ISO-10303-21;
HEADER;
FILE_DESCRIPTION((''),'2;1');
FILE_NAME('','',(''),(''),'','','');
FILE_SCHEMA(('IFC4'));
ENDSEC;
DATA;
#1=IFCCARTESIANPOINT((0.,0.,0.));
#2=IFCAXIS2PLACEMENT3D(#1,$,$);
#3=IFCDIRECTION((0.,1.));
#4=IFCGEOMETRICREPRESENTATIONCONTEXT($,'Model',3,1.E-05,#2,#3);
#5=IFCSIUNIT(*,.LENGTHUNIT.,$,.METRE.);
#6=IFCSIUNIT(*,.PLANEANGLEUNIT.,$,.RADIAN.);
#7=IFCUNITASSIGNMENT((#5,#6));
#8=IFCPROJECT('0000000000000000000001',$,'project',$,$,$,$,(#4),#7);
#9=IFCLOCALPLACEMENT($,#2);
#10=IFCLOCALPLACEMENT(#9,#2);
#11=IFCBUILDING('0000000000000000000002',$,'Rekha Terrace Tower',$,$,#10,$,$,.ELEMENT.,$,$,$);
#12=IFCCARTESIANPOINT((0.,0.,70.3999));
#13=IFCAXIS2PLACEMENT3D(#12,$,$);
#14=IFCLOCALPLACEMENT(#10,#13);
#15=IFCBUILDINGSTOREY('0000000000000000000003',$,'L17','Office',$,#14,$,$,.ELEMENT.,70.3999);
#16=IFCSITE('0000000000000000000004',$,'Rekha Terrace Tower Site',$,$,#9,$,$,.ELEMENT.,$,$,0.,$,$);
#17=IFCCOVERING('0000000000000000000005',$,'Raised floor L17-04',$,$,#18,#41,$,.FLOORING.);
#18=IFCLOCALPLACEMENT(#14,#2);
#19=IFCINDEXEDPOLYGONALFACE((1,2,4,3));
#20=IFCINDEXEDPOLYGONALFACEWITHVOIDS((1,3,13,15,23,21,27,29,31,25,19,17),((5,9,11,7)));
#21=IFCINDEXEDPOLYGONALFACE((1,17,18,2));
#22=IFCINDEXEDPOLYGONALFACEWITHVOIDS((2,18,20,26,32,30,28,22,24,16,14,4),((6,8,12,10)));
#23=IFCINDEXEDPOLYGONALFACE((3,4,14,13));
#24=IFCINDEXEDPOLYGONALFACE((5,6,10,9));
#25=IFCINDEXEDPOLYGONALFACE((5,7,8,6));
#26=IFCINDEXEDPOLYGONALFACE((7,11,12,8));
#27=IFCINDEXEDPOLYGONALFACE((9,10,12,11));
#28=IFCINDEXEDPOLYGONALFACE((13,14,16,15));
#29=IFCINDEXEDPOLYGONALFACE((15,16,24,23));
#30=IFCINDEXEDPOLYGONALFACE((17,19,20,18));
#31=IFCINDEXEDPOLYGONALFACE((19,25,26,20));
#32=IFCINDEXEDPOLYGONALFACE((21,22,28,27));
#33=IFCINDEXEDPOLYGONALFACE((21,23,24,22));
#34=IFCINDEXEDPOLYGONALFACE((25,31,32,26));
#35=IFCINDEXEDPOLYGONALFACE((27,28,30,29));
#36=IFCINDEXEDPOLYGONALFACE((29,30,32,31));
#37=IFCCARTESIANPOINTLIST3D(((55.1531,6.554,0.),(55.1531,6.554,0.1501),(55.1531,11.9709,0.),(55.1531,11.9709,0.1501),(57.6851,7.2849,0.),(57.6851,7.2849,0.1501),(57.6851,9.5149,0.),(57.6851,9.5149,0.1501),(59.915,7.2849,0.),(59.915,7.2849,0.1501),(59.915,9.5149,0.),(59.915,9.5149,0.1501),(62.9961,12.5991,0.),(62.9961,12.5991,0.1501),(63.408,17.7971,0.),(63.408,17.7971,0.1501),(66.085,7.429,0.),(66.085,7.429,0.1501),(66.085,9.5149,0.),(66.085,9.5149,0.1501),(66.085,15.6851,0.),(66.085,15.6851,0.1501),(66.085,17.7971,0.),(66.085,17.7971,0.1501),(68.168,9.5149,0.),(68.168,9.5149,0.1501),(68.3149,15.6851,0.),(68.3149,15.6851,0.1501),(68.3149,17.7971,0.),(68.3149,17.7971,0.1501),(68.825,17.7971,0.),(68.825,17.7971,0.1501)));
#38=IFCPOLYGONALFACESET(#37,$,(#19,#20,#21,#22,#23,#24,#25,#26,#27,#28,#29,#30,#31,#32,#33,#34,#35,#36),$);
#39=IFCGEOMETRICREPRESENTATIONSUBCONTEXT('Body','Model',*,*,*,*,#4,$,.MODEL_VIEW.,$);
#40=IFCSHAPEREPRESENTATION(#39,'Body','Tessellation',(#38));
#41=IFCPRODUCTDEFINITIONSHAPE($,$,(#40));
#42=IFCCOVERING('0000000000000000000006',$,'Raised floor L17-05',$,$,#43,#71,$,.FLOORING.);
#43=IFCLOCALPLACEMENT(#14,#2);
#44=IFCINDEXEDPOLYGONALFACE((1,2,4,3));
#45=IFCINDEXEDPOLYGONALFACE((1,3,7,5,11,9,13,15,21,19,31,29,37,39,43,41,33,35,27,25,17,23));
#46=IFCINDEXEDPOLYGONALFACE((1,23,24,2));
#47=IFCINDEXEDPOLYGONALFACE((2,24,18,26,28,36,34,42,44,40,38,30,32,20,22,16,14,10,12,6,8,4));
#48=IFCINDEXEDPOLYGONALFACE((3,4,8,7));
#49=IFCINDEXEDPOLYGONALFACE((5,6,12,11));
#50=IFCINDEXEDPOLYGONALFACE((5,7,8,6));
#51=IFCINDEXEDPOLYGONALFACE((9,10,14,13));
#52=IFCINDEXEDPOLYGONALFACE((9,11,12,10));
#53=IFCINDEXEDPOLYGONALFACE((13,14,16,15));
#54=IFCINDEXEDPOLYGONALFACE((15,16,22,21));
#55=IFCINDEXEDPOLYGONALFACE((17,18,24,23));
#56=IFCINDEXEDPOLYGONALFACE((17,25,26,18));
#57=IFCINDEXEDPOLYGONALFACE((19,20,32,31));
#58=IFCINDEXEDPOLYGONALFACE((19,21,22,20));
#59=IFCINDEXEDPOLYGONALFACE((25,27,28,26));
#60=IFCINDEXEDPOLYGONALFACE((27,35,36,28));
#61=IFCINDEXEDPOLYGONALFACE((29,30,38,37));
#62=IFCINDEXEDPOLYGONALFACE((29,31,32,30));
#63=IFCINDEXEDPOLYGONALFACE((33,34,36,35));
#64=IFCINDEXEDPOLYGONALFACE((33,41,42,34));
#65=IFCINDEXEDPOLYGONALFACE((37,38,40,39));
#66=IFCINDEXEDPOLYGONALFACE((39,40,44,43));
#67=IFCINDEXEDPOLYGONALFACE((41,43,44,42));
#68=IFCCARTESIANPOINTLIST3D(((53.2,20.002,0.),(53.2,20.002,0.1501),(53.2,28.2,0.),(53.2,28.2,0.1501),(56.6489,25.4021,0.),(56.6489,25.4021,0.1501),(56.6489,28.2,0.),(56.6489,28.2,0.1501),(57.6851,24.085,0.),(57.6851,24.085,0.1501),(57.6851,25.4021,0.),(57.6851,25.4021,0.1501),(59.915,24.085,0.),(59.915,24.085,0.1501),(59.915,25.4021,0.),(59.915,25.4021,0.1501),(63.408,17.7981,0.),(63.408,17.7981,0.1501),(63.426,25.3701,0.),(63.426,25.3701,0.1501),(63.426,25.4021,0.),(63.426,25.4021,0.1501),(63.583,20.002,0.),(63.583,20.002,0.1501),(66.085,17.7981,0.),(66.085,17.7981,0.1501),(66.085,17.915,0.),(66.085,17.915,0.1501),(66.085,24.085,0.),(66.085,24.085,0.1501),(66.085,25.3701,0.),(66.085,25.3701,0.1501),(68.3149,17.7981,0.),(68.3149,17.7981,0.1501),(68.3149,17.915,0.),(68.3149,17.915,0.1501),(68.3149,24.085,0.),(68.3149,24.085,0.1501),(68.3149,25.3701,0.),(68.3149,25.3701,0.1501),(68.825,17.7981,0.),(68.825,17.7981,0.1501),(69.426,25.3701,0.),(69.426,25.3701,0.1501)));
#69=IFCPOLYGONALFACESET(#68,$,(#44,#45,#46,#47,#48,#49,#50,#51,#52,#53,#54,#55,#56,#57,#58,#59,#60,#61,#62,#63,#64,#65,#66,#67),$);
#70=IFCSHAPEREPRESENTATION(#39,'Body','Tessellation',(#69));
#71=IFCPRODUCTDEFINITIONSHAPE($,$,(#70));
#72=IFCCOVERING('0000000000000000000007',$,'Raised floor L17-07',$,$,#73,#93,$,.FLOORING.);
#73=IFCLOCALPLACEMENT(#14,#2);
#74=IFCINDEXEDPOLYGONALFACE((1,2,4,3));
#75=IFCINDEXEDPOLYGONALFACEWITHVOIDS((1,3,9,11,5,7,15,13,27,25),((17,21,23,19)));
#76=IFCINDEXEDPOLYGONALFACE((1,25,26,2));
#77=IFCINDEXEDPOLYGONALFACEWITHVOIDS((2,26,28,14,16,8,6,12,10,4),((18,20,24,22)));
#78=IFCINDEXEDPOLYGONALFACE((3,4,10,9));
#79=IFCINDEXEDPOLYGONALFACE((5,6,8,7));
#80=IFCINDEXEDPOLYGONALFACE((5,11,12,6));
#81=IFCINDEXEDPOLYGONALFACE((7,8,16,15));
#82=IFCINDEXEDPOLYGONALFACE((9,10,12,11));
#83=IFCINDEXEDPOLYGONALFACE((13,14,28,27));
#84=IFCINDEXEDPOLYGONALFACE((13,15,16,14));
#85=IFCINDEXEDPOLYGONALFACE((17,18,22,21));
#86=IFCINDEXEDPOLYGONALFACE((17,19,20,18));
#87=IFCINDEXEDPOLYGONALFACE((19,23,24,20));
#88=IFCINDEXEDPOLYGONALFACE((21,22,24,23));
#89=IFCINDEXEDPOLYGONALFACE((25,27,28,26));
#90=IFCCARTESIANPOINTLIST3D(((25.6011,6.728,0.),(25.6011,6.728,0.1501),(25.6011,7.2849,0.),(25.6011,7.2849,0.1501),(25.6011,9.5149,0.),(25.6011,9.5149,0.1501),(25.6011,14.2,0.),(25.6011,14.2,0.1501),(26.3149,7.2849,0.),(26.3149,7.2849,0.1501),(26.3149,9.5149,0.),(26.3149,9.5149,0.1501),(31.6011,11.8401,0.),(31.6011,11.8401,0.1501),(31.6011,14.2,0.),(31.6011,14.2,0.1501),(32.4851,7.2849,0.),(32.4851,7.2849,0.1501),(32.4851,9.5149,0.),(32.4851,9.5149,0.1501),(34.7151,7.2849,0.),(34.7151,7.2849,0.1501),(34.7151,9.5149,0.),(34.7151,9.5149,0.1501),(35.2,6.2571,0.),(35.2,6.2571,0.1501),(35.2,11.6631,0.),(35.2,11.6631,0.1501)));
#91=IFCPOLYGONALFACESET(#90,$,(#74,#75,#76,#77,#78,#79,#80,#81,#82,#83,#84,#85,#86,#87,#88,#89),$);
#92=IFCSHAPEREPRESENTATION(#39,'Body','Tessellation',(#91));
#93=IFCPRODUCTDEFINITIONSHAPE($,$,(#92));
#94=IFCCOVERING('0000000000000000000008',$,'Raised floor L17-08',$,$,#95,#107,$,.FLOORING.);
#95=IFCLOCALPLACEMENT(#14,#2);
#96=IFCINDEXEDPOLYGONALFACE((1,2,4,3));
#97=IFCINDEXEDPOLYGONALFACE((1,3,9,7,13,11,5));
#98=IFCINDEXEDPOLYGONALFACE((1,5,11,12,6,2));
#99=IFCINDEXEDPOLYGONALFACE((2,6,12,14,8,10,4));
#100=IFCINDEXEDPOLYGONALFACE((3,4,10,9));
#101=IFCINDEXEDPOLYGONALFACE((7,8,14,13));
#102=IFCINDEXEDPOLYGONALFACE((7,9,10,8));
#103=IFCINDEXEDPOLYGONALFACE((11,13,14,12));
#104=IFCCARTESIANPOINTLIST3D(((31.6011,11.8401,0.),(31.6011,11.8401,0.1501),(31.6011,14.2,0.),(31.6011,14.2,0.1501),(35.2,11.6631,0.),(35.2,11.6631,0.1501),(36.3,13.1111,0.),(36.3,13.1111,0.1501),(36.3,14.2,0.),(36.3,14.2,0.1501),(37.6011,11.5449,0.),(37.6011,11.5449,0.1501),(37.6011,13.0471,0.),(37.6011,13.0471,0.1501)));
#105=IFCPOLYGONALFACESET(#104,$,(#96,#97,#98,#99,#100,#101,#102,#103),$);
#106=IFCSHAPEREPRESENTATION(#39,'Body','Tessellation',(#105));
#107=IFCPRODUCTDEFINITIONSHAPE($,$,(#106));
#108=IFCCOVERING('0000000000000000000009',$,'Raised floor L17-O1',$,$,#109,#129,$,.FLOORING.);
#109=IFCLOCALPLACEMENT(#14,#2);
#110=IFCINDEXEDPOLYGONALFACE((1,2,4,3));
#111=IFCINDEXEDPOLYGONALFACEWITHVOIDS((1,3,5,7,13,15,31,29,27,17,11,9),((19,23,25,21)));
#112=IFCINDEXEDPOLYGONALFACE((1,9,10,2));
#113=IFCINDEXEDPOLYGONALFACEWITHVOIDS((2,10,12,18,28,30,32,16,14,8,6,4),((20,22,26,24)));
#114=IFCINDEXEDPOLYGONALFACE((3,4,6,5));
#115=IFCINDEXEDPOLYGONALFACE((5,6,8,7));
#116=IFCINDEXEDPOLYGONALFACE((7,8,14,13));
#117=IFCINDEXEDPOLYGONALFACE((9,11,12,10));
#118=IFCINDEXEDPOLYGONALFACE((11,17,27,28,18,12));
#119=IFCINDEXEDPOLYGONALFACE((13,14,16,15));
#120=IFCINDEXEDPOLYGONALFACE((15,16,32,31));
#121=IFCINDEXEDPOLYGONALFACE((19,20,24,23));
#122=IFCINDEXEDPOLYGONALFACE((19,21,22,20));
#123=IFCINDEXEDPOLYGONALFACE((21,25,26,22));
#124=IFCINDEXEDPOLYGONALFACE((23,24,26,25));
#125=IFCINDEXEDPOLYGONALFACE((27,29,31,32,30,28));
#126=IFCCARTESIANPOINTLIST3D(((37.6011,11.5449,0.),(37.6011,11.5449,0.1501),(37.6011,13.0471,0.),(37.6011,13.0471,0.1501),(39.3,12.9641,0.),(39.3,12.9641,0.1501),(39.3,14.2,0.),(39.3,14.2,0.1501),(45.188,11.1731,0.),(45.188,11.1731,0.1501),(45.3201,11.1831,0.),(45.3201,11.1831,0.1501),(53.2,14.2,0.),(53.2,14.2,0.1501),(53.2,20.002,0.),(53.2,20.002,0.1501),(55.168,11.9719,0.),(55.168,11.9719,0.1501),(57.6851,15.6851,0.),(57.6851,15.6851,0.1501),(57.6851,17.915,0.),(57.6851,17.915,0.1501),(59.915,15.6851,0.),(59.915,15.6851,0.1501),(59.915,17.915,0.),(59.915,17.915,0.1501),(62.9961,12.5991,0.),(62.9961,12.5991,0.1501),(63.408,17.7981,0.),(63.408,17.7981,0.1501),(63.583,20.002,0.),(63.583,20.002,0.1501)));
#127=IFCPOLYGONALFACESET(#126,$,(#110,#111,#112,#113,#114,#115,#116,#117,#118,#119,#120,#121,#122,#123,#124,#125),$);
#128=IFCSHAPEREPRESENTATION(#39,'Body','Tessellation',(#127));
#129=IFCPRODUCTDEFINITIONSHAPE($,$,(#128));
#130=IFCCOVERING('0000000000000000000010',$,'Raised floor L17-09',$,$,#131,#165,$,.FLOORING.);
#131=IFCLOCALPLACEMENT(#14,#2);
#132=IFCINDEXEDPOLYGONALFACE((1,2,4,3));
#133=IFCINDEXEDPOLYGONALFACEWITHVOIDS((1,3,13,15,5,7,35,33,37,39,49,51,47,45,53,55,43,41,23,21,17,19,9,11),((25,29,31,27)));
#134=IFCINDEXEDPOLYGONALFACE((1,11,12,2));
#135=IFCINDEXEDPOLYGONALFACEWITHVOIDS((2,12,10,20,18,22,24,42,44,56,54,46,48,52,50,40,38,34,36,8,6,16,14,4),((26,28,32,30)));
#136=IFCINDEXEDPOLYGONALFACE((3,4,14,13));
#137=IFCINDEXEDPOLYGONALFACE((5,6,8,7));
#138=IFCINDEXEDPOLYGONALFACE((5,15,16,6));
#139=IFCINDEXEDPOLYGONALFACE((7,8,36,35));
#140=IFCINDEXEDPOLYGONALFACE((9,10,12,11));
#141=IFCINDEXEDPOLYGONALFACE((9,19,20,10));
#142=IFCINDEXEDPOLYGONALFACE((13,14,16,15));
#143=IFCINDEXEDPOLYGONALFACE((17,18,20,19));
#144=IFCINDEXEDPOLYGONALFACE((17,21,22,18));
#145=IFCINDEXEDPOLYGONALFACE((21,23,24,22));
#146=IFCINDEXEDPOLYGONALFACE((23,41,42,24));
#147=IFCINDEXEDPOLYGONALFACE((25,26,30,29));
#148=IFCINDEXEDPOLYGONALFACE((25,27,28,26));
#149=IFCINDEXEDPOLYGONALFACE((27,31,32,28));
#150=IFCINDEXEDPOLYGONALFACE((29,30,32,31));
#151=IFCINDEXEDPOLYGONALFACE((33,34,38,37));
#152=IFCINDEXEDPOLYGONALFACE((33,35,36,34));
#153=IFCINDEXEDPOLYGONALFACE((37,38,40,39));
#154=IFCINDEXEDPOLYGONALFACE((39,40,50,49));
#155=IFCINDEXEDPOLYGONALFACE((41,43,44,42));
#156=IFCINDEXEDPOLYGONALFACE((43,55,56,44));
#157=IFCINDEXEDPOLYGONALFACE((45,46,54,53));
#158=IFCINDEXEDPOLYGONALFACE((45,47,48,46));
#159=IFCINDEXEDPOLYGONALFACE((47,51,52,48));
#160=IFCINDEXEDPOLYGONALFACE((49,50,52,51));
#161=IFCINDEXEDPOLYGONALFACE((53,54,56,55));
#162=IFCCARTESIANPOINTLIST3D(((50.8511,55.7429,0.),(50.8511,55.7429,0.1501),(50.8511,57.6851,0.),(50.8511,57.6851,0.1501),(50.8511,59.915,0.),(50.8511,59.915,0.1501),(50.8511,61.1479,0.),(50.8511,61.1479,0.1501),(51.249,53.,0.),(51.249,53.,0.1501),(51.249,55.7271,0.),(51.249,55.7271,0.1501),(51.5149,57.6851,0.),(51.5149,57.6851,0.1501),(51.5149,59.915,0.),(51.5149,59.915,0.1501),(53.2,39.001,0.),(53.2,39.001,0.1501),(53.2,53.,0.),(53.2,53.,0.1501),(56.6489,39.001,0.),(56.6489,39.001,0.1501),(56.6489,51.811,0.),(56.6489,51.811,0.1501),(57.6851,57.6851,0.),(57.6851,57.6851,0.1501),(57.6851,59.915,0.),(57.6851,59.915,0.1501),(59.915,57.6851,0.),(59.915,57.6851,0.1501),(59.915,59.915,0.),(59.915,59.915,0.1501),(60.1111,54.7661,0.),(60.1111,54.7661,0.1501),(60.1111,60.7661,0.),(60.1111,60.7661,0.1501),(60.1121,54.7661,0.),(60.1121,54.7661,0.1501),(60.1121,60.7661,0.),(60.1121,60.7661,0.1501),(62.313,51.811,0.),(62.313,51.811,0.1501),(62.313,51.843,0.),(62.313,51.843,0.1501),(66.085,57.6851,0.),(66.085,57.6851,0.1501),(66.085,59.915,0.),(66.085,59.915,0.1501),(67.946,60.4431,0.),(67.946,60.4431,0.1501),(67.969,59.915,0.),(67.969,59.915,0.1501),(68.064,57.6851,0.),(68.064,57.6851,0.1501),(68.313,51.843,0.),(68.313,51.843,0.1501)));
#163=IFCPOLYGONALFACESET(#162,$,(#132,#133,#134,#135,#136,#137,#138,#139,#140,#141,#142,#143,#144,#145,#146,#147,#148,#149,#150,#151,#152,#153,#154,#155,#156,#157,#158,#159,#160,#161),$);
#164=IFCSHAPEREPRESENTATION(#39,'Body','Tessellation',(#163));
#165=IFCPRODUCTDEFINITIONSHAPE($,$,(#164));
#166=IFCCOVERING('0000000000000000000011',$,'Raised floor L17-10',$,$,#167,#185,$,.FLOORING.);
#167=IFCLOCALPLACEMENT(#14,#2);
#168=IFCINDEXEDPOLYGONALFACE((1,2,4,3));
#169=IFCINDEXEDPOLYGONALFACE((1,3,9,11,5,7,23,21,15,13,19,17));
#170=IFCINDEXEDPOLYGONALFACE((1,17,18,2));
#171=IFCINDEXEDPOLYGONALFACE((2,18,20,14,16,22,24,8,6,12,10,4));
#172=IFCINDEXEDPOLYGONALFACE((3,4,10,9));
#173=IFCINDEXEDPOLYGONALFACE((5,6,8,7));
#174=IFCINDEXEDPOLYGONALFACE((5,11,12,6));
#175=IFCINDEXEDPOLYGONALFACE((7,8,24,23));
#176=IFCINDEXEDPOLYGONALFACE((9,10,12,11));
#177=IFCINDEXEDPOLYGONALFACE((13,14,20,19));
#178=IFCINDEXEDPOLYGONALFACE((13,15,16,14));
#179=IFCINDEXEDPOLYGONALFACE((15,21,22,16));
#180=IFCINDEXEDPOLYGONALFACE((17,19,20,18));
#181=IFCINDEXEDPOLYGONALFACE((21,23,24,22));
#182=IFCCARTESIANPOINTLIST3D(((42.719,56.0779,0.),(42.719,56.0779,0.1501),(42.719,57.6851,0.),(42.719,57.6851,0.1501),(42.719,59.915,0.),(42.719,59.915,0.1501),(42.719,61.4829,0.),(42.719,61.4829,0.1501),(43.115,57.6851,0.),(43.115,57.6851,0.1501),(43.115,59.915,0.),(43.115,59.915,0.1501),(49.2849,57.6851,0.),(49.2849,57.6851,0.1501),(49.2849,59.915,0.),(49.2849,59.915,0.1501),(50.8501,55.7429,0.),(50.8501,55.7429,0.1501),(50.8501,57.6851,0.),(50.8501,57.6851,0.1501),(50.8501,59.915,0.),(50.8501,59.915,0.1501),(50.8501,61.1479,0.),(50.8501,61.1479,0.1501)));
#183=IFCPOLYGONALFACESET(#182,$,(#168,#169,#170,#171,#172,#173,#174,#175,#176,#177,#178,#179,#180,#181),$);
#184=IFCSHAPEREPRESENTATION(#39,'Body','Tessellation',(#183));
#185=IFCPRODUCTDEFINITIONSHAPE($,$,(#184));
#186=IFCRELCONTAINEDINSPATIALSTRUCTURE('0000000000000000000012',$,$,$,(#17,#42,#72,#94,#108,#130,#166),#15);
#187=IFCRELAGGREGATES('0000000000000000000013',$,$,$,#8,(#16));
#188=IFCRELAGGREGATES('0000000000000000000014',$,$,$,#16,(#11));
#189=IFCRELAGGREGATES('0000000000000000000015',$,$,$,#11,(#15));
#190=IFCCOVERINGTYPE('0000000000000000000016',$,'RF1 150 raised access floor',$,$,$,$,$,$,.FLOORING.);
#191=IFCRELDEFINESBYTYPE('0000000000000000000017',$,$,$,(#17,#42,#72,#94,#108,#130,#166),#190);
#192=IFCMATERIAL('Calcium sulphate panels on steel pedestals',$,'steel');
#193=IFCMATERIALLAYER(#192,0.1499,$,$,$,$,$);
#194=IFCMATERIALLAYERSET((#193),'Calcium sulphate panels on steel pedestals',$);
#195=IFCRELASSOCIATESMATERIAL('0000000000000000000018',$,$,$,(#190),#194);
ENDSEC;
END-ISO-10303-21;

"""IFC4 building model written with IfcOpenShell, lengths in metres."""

from ifc_helpers import new_model, si_unit, direction, frame, origin, place, context, subcontext, project, spatial, polyline, outline, extrude, material, layer, layer_set, type_object, element, save


model = new_model("IFC4")

# Units and contexts
model_context = context("Model", 3, precision=1e-05, world=origin(), true_north=direction((0.0, 1.0)))
body_context = subcontext(model_context, "Body", "Model", "MODEL_VIEW")
ifc_project = project(units=[si_unit("LENGTHUNIT", "METRE"), si_unit("PLANEANGLEUNIT", "RADIAN")], contexts=[model_context])

# Site, building, storey
site_placement = place(None, origin())
site = spatial("IfcSite", under=ifc_project, at=site_placement, Name="Rekha Terrace Tower Site", CompositionType="ELEMENT", RefElevation=0.0)
building_placement = place(site_placement, origin())
building = spatial("IfcBuilding", under=site, at=building_placement, Name="Rekha Terrace Tower", CompositionType="ELEMENT")
storey_placement = place(building_placement, frame((0.0, 0.0, 70.3999)))
storey = spatial("IfcBuildingStorey", under=building, at=storey_placement, Name="L17", Description="Office", CompositionType="ELEMENT", Elevation=70.3999)

# Coverings
ifc_material_1 = material(Name="Calcium sulphate panels on steel pedestals", Category="steel")
ifc_layer_1 = layer(ifc_material_1, 0.1499)
ifc_layer_set_1 = layer_set([ifc_layer_1], Name="Calcium sulphate panels on steel pedestals")
covering_type_1 = type_object("IfcCoveringType", Name="RF1 150 raised access floor", PredefinedType="FLOORING", material=ifc_layer_set_1)
covering_1_placement = place(storey_placement, origin())
element("IfcCovering", 1, at=covering_1_placement, inside=storey, type_object=covering_type_1, Name="Raised floor L17-04", PredefinedType="FLOORING", context=body_context, shape_type="SweptSolid", body=[
    extrude(outline(polyline([(66.085, 15.6851), (66.085, 17.7971), (63.408, 17.7971), (62.9961, 12.5991), (55.1531, 11.9709), (55.1531, 6.554), (66.085, 7.429), (66.085, 9.5149), (68.168, 9.5149), (68.825, 17.7971), (68.3149, 17.7971), (68.3149, 15.6851), (66.085, 15.6851)]), holes=[polyline([(59.915, 7.2849), (57.6851, 7.2849), (57.6851, 9.5149), (59.915, 9.5149), (59.915, 7.2849)])]), origin(), (0.0, 0.0, 1.0), 0.1501),
])
covering_2_placement = place(storey_placement, origin())
element("IfcCovering", 2, at=covering_2_placement, inside=storey, type_object=covering_type_1, Name="Raised floor L17-05", PredefinedType="FLOORING", context=body_context, shape_type="SweptSolid", body=[
    extrude(outline(polyline([(68.3149, 17.7981), (68.825, 17.7981), (69.426, 25.3701), (68.3149, 25.3701), (68.3149, 24.085), (66.085, 24.085), (66.085, 25.3701), (63.426, 25.3701), (63.426, 25.4021), (59.915, 25.4021), (59.915, 24.085), (57.6851, 24.085), (57.6851, 25.4021), (56.6489, 25.4021), (56.6489, 28.2), (53.2, 28.2), (53.2, 20.002), (63.583, 20.002), (63.408, 17.7981), (66.085, 17.7981), (66.085, 17.915), (68.3149, 17.915), (68.3149, 17.7981)])), origin(), (0.0, 0.0, 1.0), 0.1501),
])
covering_3_placement = place(storey_placement, origin())
element("IfcCovering", 3, at=covering_3_placement, inside=storey, type_object=covering_type_1, Name="Raised floor L17-07", PredefinedType="FLOORING", context=body_context, shape_type="SweptSolid", body=[
    extrude(outline(polyline([(31.6011, 11.8401), (31.6011, 14.2), (25.6011, 14.2), (25.6011, 9.5149), (26.3149, 9.5149), (26.3149, 7.2849), (25.6011, 7.2849), (25.6011, 6.728), (35.2, 6.2571), (35.2, 11.6631), (31.6011, 11.8401)]), holes=[polyline([(34.7151, 7.2849), (32.4851, 7.2849), (32.4851, 9.5149), (34.7151, 9.5149), (34.7151, 7.2849)])]), origin(), (0.0, 0.0, 1.0), 0.1501),
])
covering_4_placement = place(storey_placement, origin())
element("IfcCovering", 4, at=covering_4_placement, inside=storey, type_object=covering_type_1, Name="Raised floor L17-08", PredefinedType="FLOORING", context=body_context, shape_type="SweptSolid", body=[
    extrude(outline(polyline([(36.3, 14.2), (31.6011, 14.2), (31.6011, 11.8401), (35.2, 11.6631), (37.6011, 11.5449), (37.6011, 13.0471), (36.3, 13.1111), (36.3, 14.2)])), origin(), (0.0, 0.0, 1.0), 0.1501),
])
covering_5_placement = place(storey_placement, origin())
element("IfcCovering", 5, at=covering_5_placement, inside=storey, type_object=covering_type_1, Name="Raised floor L17-O1", PredefinedType="FLOORING", context=body_context, shape_type="SweptSolid", body=[
    extrude(outline(polyline([(37.6011, 11.5449), (45.188, 11.1731), (45.3201, 11.1831), (55.168, 11.9719), (62.9961, 12.5991), (63.408, 17.7981), (63.583, 20.002), (53.2, 20.002), (53.2, 14.2), (39.3, 14.2), (39.3, 12.9641), (37.6011, 13.0471), (37.6011, 11.5449)]), holes=[polyline([(59.915, 17.915), (59.915, 15.6851), (57.6851, 15.6851), (57.6851, 17.915), (59.915, 17.915)])]), origin(), (0.0, 0.0, 1.0), 0.1501),
])
covering_6_placement = place(storey_placement, origin())
element("IfcCovering", 6, at=covering_6_placement, inside=storey, type_object=covering_type_1, Name="Raised floor L17-09", PredefinedType="FLOORING", context=body_context, shape_type="SweptSolid", body=[
    extrude(outline(polyline([(53.2, 53.0), (53.2, 39.001), (56.6489, 39.001), (56.6489, 51.811), (62.313, 51.811), (62.313, 51.843), (68.313, 51.843), (68.064, 57.6851), (66.085, 57.6851), (66.085, 59.915), (67.969, 59.915), (67.946, 60.4431), (60.1121, 60.7661), (60.1121, 54.7661), (60.1111, 54.7661), (60.1111, 60.7661), (50.8511, 61.1479), (50.8511, 59.915), (51.5149, 59.915), (51.5149, 57.6851), (50.8511, 57.6851), (50.8511, 55.7429), (51.249, 55.7271), (51.249, 53.0), (53.2, 53.0)]), holes=[polyline([(59.915, 57.6851), (57.6851, 57.6851), (57.6851, 59.915), (59.915, 59.915), (59.915, 57.6851)])]), origin(), (0.0, 0.0, 1.0), 0.1501),
])
covering_7_placement = place(storey_placement, origin())
element("IfcCovering", 7, at=covering_7_placement, inside=storey, type_object=covering_type_1, Name="Raised floor L17-10", PredefinedType="FLOORING", context=body_context, shape_type="SweptSolid", body=[
    extrude(outline(polyline([(50.8501, 59.915), (50.8501, 61.1479), (42.719, 61.4829), (42.719, 59.915), (43.115, 59.915), (43.115, 57.6851), (42.719, 57.6851), (42.719, 56.0779), (50.8501, 55.7429), (50.8501, 57.6851), (49.2849, 57.6851), (49.2849, 59.915), (50.8501, 59.915)])), origin(), (0.0, 0.0, 1.0), 0.1501),
])

save(model, "model.ifc")
